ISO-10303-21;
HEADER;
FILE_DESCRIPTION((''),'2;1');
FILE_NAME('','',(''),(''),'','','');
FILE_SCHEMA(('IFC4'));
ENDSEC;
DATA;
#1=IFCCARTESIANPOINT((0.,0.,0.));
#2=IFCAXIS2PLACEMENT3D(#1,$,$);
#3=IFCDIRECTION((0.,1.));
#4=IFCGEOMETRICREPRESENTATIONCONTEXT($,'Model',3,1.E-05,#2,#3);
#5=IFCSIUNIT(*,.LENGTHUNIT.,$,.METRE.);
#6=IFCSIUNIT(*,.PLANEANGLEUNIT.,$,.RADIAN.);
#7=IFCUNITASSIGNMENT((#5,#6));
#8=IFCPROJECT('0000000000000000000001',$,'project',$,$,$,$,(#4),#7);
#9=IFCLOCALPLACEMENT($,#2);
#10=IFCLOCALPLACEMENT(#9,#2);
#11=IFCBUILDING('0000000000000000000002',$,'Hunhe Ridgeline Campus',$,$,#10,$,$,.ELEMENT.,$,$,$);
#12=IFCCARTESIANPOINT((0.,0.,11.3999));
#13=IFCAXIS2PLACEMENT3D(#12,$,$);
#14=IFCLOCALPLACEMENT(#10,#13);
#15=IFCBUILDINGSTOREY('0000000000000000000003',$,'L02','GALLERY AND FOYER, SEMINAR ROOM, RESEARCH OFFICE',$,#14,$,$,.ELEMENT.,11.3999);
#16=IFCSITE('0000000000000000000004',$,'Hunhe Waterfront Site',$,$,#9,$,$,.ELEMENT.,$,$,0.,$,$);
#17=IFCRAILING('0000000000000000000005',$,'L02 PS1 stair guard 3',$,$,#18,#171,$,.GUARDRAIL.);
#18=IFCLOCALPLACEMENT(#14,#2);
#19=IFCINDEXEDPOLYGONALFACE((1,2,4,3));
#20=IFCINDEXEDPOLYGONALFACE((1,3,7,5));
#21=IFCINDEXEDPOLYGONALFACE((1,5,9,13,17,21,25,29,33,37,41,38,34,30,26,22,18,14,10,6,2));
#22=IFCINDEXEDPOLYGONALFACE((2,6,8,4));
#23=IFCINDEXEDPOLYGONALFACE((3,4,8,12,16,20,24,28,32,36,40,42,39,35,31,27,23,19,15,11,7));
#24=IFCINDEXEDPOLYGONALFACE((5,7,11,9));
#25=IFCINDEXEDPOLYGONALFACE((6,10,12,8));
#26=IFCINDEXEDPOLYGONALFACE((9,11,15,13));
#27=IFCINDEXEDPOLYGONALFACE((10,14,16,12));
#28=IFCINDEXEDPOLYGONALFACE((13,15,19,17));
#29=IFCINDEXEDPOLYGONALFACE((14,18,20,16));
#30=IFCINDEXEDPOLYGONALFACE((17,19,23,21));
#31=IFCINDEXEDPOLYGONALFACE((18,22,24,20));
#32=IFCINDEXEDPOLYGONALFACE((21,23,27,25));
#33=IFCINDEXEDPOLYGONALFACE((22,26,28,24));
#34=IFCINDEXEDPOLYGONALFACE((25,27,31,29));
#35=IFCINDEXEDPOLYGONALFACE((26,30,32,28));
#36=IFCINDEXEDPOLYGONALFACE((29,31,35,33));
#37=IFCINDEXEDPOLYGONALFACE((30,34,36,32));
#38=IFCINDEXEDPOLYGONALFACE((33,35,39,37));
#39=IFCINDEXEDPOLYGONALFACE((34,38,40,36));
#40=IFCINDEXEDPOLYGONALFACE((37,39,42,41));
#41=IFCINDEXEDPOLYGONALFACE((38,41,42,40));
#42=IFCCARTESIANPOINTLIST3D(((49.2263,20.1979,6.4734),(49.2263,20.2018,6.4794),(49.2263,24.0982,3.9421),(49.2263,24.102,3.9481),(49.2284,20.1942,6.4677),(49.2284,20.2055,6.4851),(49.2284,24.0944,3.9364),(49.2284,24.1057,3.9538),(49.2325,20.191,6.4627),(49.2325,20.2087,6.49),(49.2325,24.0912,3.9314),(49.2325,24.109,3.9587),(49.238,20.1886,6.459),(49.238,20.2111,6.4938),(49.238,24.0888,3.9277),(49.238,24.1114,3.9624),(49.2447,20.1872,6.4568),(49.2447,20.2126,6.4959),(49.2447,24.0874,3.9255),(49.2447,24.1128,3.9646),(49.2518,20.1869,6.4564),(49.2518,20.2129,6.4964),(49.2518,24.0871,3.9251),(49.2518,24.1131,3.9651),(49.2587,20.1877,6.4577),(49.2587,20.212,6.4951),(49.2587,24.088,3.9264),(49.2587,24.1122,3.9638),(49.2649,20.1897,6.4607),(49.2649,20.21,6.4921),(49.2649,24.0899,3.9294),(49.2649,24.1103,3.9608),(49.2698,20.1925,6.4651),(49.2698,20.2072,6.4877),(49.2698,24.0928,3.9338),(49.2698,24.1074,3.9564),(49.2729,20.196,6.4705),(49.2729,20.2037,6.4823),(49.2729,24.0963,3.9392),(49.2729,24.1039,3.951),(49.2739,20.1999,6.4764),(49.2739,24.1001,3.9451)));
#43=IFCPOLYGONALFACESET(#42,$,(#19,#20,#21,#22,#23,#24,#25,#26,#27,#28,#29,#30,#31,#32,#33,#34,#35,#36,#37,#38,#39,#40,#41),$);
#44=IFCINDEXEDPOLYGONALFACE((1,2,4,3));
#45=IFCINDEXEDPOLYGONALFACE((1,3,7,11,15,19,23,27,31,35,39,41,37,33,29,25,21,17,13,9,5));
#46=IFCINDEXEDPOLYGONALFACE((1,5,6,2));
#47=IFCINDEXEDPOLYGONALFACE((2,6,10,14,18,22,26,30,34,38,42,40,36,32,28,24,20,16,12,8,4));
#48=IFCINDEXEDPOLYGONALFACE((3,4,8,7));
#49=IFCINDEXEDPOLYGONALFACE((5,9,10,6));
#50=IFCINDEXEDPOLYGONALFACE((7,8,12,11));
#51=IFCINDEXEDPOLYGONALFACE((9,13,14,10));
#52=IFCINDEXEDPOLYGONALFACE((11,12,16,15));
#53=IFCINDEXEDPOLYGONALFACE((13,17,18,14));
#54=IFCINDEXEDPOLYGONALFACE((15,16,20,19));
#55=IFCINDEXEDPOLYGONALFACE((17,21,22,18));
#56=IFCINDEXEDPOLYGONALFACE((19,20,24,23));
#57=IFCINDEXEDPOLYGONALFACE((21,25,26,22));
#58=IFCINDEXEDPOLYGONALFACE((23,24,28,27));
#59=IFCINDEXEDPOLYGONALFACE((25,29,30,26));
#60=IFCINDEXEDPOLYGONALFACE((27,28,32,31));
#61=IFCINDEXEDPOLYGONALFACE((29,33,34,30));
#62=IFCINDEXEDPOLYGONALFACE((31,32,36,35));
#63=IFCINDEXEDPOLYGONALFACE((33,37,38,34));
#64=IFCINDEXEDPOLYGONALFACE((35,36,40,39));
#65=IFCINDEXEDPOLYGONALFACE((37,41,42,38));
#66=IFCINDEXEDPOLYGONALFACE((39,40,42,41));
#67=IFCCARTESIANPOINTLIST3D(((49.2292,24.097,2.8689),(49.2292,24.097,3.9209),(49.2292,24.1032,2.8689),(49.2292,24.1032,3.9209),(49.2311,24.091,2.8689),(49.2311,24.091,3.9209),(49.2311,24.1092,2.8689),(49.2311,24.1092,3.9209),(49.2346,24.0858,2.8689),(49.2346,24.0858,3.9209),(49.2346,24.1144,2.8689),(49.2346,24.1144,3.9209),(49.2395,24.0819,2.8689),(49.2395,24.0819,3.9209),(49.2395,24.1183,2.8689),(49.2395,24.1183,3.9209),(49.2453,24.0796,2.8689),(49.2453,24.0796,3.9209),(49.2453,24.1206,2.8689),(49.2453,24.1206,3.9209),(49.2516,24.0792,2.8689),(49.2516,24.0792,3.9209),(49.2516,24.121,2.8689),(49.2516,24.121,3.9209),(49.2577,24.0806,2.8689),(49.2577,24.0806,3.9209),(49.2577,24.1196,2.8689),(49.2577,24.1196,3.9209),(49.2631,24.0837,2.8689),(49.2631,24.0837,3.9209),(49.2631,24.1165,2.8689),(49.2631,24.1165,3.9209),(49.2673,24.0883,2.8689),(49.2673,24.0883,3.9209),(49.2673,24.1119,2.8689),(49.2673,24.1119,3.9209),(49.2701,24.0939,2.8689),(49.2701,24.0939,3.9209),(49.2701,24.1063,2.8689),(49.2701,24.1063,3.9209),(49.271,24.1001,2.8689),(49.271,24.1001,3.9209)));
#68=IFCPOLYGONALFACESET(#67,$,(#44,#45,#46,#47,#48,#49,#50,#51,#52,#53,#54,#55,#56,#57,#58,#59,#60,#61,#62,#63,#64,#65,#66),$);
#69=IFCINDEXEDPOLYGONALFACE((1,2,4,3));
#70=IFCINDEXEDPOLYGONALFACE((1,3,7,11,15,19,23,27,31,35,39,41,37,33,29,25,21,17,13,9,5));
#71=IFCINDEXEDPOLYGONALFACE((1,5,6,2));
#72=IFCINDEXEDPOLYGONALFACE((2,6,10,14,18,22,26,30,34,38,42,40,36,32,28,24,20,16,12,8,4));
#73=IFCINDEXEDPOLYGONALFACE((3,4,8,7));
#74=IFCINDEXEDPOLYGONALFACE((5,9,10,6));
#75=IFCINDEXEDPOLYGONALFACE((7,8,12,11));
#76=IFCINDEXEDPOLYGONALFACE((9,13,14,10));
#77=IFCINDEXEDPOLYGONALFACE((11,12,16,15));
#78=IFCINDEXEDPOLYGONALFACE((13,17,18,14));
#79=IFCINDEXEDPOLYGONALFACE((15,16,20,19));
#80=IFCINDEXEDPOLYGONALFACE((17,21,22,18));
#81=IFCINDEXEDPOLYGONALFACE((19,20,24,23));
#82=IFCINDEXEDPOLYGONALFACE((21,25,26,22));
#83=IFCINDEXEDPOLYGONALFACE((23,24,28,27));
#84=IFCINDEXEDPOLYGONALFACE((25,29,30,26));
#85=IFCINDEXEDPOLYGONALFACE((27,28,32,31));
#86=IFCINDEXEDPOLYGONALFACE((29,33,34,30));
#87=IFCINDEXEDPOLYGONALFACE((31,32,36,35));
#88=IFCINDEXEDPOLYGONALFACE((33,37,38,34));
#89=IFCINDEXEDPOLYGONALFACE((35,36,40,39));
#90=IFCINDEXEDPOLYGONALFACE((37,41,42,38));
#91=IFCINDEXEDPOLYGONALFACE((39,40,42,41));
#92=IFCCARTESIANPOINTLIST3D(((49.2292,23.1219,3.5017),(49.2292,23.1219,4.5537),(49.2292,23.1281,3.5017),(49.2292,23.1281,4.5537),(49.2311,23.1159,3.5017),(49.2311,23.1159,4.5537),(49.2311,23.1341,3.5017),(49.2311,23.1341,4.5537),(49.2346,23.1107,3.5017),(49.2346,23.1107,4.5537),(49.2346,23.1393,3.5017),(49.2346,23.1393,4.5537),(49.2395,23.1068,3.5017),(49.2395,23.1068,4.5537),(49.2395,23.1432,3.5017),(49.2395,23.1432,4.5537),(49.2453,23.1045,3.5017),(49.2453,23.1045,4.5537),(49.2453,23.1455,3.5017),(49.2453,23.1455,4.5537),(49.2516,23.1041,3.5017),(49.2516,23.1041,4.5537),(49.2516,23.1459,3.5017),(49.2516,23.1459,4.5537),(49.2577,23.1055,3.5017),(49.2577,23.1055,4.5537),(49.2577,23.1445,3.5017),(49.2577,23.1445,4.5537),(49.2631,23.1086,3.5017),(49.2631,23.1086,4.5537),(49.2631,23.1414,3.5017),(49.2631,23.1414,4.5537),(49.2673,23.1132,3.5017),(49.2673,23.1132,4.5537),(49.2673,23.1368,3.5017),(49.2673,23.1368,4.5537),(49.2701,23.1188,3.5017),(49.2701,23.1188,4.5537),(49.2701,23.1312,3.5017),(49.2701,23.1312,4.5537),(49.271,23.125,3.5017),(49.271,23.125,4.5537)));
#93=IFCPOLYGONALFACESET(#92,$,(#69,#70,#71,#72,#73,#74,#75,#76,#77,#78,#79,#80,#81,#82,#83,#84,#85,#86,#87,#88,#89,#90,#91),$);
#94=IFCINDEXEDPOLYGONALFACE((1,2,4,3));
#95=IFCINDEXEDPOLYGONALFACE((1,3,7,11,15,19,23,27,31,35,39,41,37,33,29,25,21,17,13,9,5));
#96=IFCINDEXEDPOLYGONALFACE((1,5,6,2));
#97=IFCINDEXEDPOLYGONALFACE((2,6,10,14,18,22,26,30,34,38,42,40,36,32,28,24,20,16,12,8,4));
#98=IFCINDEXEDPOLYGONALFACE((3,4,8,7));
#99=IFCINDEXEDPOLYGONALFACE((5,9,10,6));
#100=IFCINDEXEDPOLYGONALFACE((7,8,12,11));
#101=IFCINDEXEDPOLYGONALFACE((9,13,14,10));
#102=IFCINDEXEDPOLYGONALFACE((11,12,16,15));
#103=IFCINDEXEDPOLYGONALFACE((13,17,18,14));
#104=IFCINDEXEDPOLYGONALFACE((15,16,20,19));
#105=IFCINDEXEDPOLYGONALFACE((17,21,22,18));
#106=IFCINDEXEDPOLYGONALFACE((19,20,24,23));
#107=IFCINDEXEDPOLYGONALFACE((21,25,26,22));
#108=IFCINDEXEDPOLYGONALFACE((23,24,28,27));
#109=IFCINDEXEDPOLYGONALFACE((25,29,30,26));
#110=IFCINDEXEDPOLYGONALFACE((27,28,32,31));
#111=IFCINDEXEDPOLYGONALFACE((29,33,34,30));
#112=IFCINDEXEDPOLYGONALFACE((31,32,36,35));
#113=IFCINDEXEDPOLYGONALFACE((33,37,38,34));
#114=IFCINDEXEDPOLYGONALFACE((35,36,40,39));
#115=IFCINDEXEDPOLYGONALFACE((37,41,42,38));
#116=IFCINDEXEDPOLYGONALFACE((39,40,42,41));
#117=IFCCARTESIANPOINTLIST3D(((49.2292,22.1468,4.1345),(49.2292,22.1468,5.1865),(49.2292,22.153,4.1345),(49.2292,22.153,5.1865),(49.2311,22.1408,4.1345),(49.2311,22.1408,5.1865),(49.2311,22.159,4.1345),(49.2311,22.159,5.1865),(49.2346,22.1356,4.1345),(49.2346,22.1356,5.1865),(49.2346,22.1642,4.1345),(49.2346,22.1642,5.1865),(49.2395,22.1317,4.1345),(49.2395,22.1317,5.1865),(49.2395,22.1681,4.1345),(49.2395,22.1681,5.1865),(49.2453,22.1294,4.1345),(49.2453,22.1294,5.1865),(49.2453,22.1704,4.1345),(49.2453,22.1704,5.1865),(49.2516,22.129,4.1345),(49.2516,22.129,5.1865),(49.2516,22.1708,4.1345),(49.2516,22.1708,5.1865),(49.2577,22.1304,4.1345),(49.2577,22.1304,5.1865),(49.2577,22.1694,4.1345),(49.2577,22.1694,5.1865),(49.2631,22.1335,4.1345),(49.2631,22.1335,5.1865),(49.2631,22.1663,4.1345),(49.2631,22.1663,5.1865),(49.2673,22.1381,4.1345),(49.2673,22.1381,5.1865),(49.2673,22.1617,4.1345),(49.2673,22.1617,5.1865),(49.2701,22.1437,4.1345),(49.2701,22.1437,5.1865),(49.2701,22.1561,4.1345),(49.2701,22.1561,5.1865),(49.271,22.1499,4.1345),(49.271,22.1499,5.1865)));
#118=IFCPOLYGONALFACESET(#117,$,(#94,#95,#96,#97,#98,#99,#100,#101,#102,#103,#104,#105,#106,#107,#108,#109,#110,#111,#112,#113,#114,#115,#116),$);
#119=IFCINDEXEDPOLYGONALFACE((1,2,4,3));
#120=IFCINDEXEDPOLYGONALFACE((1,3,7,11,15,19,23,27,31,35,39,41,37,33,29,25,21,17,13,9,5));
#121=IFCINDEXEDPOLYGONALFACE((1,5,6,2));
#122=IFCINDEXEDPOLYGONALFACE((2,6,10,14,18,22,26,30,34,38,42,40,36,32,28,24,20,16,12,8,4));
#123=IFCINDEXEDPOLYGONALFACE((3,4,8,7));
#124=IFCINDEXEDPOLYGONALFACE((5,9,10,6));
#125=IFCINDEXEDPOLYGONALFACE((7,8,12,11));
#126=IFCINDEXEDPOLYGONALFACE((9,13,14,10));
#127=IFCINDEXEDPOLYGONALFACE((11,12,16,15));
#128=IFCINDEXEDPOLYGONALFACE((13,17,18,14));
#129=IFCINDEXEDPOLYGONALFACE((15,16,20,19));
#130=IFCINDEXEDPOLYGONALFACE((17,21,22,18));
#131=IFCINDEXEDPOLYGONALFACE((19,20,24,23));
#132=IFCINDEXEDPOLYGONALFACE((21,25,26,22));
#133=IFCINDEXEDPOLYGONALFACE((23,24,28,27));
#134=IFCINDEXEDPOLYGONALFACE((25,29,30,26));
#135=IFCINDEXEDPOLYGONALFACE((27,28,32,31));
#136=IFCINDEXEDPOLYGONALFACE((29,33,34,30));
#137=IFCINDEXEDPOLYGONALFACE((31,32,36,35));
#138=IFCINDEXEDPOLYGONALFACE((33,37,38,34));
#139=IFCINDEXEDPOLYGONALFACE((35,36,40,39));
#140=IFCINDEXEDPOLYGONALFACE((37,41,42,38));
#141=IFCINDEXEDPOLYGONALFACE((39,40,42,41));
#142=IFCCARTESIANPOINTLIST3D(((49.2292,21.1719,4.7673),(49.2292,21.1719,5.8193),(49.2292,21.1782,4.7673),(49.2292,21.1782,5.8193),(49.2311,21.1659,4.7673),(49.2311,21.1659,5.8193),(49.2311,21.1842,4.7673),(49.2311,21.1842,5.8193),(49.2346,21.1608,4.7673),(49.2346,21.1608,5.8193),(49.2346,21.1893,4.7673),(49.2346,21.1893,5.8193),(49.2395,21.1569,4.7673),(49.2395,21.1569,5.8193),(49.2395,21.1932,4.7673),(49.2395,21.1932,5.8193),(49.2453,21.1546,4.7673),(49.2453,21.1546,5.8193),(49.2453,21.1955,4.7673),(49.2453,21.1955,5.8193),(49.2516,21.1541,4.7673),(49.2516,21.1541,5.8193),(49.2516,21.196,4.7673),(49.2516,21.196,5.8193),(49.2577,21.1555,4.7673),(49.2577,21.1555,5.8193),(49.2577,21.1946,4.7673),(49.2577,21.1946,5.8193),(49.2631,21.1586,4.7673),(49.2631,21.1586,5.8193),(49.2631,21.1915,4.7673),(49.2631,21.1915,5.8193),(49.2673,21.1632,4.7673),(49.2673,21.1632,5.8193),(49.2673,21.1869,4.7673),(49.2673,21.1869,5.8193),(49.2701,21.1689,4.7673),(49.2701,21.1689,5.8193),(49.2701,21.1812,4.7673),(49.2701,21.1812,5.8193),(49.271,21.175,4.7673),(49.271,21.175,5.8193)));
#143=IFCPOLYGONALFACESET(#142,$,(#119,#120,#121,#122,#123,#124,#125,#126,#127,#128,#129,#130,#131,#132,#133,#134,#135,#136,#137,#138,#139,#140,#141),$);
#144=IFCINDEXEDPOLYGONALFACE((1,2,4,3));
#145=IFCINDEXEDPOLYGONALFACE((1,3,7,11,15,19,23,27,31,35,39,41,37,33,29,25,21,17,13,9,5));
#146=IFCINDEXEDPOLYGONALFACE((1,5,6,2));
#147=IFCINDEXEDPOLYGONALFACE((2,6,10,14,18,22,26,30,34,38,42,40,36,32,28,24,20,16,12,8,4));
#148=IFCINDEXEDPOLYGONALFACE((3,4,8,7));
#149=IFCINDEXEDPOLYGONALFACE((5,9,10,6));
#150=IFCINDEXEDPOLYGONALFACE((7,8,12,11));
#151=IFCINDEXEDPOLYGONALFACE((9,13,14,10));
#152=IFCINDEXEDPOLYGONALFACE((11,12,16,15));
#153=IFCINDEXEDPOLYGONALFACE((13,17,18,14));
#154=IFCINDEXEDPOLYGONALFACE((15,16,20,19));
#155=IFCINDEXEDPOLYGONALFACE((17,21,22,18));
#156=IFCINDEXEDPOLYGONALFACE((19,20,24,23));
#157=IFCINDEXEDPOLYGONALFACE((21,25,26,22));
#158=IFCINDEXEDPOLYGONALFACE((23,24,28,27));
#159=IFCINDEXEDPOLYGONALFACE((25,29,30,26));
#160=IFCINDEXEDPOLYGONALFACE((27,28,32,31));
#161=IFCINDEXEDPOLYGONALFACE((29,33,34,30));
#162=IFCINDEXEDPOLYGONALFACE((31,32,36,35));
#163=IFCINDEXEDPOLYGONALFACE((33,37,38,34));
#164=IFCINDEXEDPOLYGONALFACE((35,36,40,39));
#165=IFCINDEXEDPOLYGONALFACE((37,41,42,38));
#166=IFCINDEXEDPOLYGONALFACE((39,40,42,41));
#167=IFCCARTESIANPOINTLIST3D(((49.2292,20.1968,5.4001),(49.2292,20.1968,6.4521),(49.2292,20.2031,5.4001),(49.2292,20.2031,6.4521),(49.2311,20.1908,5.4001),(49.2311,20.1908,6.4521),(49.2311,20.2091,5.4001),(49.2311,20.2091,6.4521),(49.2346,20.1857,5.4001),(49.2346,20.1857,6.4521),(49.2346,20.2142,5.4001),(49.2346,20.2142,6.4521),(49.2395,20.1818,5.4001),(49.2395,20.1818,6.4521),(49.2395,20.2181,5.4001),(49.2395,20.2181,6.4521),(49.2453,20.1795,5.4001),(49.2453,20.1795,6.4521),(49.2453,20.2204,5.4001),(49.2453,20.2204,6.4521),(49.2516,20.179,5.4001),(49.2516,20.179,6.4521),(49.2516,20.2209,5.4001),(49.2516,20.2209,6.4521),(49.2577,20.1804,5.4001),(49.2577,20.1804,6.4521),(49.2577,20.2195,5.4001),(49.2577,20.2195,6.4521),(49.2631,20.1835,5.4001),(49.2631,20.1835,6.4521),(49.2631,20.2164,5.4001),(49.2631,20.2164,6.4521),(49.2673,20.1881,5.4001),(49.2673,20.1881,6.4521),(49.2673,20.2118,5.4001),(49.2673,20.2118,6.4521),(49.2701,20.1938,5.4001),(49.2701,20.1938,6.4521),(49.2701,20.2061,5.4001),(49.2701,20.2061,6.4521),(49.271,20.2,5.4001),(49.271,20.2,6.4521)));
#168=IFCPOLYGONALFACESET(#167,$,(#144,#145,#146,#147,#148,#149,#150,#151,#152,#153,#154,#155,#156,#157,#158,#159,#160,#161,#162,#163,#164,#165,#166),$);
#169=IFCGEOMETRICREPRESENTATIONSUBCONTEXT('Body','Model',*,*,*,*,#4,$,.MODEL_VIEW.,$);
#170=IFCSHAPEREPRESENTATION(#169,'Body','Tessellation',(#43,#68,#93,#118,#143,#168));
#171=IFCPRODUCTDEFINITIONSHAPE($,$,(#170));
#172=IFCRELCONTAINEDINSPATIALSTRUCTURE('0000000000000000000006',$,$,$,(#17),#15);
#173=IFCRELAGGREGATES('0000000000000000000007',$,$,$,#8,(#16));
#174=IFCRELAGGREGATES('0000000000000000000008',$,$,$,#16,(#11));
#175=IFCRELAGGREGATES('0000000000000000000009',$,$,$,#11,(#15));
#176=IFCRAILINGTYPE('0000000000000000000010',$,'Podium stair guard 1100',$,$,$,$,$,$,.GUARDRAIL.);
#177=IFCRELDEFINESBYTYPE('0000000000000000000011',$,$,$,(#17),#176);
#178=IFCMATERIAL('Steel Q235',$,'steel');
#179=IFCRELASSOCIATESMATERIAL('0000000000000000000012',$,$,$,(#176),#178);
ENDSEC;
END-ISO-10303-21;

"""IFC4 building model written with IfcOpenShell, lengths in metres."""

from ifc_helpers import new_model, si_unit, direction, frame, origin, origin_2d, place, context, subcontext, project, spatial, circle, extrude, material, type_object, element, save


model = new_model("IFC4")

# Units and contexts
model_context = context("Model", 3, precision=1e-05, world=origin(), true_north=direction((0.0, 1.0)))
body_context = subcontext(model_context, "Body", "Model", "MODEL_VIEW")
ifc_project = project(units=[si_unit("LENGTHUNIT", "METRE"), si_unit("PLANEANGLEUNIT", "RADIAN")], contexts=[model_context])

# Site, building, storey
site_placement = place(None, origin())
site = spatial("IfcSite", under=ifc_project, at=site_placement, Name="Hunhe Waterfront Site", CompositionType="ELEMENT", RefElevation=0.0)
building_placement = place(site_placement, origin())
building = spatial("IfcBuilding", under=site, at=building_placement, Name="Hunhe Ridgeline Campus", CompositionType="ELEMENT")
storey_placement = place(building_placement, frame((0.0, 0.0, 11.3999)))
storey = spatial("IfcBuildingStorey", under=building, at=storey_placement, Name="L02", Description="GALLERY AND FOYER, SEMINAR ROOM, RESEARCH OFFICE", CompositionType="ELEMENT", Elevation=11.3999)

# Shared definitions
ifc_material_1 = material(Name="Steel Q235", Category="steel")

# Railing
railing_type_1 = type_object("IfcRailingType", Name="Podium stair guard 1100", PredefinedType="GUARDRAIL", material=ifc_material_1)
railing_1_placement = place(storey_placement, frame((49.25, 24.1001, 2.8689)))
element("IfcRailing", 1, at=railing_1_placement, inside=storey, type_object=railing_type_1, Name="L02 PS1 stair guard 3", PredefinedType="GUARDRAIL", context=body_context, shape_type="SweptSolid", body=[
    extrude(circle(Radius=0.0239, at=origin_2d()), frame((0.0, 0.0, 1.0762), z_axis=(0.0, -0.838821, 0.544407), x_axis=(1.0, 0.0, 0.0)), (0.0, 0.0, 1.0), 4.6497),
    extrude(circle(Radius=0.021, at=origin_2d()), origin(), (0.0, 0.0, 1.0), 1.052),
    extrude(circle(Radius=0.021, at=origin_2d()), frame((0.0, -0.9751, 0.6328)), (0.0, 0.0, 1.0), 1.052),
    extrude(circle(Radius=0.021, at=origin_2d()), frame((0.0, -1.9502, 1.2656)), (0.0, 0.0, 1.0), 1.052),
    extrude(circle(Radius=0.021, at=origin_2d()), frame((0.0, -2.925, 1.8984)), (0.0, 0.0, 1.0), 1.052),
    extrude(circle(Radius=0.021, at=origin_2d()), frame((0.0, -3.9001, 2.5312)), (0.0, 0.0, 1.0), 1.052),
])

save(model, "model.ifc")
